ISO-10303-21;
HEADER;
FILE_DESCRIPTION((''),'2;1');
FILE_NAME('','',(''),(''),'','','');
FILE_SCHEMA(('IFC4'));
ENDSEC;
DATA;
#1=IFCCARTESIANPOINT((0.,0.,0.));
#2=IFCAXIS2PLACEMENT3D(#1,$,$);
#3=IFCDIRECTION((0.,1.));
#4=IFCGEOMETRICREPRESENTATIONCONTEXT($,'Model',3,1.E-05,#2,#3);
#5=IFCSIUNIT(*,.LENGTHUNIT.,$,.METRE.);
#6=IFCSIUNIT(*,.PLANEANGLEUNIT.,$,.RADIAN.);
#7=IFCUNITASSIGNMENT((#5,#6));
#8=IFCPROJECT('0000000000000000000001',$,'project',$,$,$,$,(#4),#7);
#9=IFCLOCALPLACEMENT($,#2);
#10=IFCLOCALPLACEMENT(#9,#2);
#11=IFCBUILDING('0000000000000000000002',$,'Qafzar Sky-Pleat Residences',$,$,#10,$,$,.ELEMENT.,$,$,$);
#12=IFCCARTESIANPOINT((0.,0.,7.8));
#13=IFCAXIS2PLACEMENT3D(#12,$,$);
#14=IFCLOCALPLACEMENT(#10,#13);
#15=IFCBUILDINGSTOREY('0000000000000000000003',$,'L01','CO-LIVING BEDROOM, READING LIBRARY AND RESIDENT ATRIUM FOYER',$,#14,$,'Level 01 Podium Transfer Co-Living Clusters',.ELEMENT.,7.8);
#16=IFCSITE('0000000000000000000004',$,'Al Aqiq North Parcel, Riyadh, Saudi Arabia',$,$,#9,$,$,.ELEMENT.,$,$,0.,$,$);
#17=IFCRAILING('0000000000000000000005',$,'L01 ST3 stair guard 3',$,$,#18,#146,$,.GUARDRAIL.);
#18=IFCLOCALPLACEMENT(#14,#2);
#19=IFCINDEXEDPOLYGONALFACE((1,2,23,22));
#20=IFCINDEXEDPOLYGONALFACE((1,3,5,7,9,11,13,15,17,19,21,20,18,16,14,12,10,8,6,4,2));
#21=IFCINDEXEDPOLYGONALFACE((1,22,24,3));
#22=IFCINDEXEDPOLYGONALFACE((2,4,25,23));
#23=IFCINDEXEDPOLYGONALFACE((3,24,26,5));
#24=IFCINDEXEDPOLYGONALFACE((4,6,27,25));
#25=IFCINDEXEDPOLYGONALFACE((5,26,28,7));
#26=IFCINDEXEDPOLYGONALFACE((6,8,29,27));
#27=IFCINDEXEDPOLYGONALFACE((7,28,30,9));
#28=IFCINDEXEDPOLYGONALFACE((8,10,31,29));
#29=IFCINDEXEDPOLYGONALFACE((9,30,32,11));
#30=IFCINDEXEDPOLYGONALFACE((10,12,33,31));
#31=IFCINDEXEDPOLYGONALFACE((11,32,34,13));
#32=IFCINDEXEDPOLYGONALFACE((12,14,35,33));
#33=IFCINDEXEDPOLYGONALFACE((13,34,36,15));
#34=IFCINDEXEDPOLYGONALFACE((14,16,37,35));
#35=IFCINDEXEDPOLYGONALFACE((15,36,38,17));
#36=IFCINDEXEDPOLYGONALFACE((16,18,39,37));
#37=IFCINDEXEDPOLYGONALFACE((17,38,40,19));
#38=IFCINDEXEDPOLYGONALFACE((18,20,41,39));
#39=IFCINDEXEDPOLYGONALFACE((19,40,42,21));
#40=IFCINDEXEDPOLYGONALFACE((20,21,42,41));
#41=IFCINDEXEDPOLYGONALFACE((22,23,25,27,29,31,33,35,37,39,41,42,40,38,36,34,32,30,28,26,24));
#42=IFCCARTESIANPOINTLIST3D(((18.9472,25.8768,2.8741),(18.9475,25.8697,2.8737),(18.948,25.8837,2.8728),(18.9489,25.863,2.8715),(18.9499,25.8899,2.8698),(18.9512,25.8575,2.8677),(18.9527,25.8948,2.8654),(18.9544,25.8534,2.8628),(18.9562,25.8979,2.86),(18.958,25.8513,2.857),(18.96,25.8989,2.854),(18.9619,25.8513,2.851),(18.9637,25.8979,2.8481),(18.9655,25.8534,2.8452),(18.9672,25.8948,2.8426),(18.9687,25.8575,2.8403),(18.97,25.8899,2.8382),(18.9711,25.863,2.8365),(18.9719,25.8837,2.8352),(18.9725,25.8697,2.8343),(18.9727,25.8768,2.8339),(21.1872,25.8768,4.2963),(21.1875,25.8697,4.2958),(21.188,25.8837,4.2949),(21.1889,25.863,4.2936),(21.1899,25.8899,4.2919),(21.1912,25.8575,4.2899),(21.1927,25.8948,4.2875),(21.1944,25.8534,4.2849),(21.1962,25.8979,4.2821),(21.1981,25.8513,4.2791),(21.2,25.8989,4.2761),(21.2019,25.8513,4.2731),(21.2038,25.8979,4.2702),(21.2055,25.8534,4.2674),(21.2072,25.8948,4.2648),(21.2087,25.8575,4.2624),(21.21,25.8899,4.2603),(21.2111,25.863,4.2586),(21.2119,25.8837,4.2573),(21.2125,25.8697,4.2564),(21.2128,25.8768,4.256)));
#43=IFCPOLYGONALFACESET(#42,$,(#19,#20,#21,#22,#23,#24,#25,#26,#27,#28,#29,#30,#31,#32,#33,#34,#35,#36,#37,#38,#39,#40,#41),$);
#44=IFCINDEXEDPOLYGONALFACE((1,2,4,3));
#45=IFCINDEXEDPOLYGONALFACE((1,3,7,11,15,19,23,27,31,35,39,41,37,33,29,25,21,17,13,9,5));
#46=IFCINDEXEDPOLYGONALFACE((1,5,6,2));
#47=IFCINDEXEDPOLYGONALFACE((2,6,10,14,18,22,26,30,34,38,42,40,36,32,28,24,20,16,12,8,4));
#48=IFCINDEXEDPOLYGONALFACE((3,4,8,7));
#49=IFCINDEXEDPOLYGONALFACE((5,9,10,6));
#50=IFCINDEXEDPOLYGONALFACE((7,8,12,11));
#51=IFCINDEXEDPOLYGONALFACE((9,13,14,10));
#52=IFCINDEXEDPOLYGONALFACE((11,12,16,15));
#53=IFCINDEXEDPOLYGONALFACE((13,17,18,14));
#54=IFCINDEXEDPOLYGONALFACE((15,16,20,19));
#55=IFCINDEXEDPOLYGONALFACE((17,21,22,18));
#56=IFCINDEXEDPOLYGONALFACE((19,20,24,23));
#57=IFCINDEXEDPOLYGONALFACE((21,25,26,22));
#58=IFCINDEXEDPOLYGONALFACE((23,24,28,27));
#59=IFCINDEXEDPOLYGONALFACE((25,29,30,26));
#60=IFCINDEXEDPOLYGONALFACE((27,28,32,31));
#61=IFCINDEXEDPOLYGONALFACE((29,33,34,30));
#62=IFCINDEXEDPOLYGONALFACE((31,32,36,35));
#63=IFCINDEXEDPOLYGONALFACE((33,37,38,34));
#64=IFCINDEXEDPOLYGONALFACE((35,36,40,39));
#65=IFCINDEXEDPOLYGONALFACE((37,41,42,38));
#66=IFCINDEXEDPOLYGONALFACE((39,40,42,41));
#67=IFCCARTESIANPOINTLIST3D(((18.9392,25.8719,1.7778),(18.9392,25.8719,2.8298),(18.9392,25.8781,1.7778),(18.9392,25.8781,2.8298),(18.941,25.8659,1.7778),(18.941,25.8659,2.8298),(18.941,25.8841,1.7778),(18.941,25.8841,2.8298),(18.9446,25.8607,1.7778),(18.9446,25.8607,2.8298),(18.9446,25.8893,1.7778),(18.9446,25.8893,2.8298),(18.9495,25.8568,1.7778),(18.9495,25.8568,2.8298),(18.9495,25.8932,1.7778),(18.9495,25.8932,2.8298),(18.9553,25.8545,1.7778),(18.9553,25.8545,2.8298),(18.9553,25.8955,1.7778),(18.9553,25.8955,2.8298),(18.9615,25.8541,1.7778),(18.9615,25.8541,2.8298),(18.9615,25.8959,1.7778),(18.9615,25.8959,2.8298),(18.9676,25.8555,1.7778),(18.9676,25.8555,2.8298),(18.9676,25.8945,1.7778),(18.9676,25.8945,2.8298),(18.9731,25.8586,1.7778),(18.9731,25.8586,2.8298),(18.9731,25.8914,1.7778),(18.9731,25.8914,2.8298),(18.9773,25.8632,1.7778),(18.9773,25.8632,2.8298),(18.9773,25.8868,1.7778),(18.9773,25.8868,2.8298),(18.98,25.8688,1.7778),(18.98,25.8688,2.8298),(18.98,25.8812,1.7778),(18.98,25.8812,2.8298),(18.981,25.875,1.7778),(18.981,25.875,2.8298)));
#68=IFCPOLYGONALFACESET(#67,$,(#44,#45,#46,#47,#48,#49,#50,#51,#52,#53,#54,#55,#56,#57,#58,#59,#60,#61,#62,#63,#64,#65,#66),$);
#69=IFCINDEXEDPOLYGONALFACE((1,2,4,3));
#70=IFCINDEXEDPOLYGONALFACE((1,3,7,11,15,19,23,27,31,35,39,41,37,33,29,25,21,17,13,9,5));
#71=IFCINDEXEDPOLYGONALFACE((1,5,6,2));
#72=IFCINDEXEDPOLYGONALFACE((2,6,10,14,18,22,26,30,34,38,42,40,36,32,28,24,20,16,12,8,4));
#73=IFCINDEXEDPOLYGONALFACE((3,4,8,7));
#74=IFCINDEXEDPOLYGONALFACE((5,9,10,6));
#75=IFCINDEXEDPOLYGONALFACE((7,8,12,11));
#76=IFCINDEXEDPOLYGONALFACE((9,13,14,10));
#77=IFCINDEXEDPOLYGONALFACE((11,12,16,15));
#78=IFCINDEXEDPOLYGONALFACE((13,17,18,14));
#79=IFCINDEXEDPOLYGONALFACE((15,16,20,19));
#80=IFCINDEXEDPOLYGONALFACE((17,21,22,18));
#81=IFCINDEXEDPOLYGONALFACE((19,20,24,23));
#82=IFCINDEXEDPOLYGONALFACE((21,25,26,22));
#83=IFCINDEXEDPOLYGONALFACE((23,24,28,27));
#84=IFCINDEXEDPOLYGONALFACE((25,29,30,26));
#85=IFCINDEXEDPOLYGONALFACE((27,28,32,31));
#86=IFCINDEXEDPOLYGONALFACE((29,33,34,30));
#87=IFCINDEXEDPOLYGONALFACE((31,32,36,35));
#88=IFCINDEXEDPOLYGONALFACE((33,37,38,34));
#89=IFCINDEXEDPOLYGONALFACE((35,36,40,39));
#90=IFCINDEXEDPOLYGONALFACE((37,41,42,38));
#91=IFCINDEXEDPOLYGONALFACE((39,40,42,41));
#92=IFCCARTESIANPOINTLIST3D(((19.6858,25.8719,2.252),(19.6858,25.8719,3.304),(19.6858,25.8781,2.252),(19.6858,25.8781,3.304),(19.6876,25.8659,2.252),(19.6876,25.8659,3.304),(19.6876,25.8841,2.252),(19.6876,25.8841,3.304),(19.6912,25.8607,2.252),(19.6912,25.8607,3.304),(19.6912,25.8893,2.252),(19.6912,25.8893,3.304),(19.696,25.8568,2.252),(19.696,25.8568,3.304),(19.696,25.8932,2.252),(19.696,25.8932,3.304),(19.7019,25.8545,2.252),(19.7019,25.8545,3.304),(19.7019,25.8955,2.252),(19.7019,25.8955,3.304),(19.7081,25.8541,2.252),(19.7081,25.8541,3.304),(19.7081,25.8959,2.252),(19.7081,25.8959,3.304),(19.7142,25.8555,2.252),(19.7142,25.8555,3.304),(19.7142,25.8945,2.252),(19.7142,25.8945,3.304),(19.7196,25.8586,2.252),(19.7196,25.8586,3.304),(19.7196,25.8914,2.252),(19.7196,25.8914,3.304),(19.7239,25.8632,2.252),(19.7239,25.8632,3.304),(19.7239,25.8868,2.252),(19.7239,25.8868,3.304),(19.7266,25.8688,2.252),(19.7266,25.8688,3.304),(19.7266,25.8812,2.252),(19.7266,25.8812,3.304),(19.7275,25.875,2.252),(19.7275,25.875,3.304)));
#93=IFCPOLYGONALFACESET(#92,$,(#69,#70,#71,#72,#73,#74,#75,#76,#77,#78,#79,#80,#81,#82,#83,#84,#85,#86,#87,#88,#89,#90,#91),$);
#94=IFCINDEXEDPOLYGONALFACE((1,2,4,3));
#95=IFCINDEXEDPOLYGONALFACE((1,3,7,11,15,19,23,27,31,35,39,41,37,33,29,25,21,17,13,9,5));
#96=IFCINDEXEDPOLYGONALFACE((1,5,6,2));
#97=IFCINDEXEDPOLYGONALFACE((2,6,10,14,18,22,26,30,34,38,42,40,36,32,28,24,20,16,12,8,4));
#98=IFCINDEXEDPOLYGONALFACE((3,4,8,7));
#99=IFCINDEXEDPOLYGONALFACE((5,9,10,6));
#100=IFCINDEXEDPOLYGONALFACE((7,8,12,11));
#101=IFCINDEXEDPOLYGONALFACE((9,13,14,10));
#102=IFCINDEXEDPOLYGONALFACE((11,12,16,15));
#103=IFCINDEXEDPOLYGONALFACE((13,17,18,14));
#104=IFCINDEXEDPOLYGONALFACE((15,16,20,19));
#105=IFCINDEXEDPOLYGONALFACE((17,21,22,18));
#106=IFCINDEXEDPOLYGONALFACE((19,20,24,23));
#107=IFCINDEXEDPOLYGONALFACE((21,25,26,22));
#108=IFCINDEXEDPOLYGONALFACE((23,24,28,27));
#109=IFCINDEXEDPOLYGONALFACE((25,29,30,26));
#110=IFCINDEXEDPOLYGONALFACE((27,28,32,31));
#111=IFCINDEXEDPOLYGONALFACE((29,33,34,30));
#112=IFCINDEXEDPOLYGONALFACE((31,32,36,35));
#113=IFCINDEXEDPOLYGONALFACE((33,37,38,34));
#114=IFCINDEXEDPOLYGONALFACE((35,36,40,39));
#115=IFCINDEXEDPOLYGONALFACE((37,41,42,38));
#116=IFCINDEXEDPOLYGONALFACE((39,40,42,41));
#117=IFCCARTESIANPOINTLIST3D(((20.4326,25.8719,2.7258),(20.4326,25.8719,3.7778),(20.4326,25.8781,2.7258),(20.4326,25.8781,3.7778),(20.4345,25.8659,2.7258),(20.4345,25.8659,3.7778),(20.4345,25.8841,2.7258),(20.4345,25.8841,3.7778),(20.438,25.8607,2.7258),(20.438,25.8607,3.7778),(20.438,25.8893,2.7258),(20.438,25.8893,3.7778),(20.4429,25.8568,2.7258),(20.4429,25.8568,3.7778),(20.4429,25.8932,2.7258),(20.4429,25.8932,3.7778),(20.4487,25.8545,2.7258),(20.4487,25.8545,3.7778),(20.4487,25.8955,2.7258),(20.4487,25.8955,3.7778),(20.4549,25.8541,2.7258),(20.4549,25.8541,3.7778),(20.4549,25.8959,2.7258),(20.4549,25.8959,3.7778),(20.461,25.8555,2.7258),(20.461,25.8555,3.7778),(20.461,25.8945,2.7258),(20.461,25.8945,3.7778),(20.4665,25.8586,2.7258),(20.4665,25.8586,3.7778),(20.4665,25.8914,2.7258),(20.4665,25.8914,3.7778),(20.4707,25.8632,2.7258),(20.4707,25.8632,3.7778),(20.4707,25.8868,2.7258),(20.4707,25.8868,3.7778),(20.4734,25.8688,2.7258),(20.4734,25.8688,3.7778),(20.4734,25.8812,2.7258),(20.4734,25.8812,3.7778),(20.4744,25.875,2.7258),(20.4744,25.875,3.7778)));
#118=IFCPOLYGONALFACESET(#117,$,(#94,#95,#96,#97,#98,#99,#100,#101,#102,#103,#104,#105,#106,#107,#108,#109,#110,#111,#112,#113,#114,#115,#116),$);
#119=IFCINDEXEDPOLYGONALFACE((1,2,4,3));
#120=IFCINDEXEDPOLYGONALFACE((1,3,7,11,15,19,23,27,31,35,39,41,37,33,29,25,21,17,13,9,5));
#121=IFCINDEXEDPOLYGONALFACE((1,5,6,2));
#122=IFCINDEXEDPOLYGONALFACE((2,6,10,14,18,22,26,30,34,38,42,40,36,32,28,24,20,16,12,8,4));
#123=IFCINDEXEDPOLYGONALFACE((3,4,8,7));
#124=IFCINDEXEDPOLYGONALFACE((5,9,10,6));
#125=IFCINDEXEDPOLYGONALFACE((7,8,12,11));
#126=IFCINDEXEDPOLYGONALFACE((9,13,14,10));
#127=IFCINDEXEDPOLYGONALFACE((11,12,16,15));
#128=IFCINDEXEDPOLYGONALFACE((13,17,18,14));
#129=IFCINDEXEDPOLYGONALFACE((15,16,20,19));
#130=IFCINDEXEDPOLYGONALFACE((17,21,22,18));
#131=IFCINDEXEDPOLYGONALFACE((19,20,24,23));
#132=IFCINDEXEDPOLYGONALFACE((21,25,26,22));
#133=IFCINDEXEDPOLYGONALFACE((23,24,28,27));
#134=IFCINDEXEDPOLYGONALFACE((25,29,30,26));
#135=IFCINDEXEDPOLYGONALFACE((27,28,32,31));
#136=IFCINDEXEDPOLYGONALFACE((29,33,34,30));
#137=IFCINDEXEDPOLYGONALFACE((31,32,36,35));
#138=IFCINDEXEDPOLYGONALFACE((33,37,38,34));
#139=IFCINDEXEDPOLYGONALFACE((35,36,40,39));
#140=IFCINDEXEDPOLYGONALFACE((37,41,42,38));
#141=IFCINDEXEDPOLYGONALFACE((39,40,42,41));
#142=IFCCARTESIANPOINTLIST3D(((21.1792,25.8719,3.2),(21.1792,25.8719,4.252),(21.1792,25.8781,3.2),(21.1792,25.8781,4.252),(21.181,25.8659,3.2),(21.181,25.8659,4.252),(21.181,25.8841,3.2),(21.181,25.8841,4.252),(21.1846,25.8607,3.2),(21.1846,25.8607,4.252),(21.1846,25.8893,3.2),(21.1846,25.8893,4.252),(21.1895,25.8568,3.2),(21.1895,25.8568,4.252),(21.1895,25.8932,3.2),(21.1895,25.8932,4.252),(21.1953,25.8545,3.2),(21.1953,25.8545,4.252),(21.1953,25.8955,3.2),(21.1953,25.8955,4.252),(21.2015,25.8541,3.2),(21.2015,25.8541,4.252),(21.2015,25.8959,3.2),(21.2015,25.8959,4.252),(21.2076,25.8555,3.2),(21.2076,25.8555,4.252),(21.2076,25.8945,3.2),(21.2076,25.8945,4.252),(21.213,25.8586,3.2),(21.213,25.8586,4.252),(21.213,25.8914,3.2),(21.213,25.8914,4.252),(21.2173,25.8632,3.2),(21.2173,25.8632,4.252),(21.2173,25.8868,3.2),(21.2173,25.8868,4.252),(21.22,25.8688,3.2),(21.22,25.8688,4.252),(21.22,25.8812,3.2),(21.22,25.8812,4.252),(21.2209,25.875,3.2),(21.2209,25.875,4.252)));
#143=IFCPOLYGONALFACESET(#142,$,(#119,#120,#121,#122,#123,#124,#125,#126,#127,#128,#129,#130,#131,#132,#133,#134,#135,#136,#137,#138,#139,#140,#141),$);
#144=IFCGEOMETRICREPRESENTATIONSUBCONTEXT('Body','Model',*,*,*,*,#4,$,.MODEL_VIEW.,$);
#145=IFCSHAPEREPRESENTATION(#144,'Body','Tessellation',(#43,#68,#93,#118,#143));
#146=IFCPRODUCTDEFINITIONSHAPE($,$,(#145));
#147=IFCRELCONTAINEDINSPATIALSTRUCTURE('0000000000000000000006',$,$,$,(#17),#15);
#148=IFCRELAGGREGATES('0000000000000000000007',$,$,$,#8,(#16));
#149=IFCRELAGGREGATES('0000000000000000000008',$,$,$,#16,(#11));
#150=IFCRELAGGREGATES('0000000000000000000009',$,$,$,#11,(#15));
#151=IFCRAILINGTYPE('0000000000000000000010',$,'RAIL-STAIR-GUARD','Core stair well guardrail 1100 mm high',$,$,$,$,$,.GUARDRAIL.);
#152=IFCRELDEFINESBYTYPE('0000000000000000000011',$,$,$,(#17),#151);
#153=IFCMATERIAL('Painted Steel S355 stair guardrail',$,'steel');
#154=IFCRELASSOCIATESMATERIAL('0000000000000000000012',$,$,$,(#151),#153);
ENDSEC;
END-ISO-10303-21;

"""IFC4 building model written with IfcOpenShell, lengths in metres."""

from ifc_helpers import new_model, si_unit, direction, frame, origin, origin_2d, place, context, subcontext, project, spatial, circle, extrude, source, transform, mapped, material, type_object, element, save


model = new_model("IFC4")

# Units and contexts
model_context = context("Model", 3, precision=1e-05, world=origin(), true_north=direction((0.0, 1.0)))
body_context = subcontext(model_context, "Body", "Model", "MODEL_VIEW")
ifc_project = project(units=[si_unit("LENGTHUNIT", "METRE"), si_unit("PLANEANGLEUNIT", "RADIAN")], contexts=[model_context])

# Site, building, storey
site_placement = place(None, origin())
site = spatial("IfcSite", under=ifc_project, at=site_placement, Name="Al Aqiq North Parcel, Riyadh, Saudi Arabia", CompositionType="ELEMENT", RefElevation=0.0)
building_placement = place(site_placement, origin())
building = spatial("IfcBuilding", under=site, at=building_placement, Name="Qafzar Sky-Pleat Residences", CompositionType="ELEMENT")
storey_placement = place(building_placement, frame((0.0, 0.0, 7.8)))
storey = spatial("IfcBuildingStorey", under=building, at=storey_placement, Name="L01", Description="CO-LIVING BEDROOM, READING LIBRARY AND RESIDENT ATRIUM FOYER", LongName="Level 01 Podium Transfer Co-Living Clusters", CompositionType="ELEMENT", Elevation=7.8)

# Railing
ifc_material_1 = material(Name="Painted Steel S355 stair guardrail", Category="steel")
railing_type = type_object("IfcRailingType", Name="RAIL-STAIR-GUARD", Description="Core stair well guardrail 1100 mm high", PredefinedType="GUARDRAIL", material=ifc_material_1)
shared_shape_1 = source(origin(), body_context, "Body", "SweptSolid", [
    extrude(circle(Radius=0.0239, at=origin_2d()), frame((0.0, 0.0, 1.0762), z_axis=(0.844229, 0.0, 0.535982), x_axis=(0.0, 1.0, 0.0)), (0.0, 0.0, 1.0), 2.6533),
    extrude(circle(Radius=0.021, at=origin_2d()), origin(), (0.0, 0.0, 1.0), 1.052),
    extrude(circle(Radius=0.021, at=origin_2d()), frame((0.7466, 0.0, 0.4741)), (0.0, 0.0, 1.0), 1.052),
    extrude(circle(Radius=0.021, at=origin_2d()), frame((1.4934, 0.0, 0.948)), (0.0, 0.0, 1.0), 1.052),
    extrude(circle(Radius=0.021, at=origin_2d()), frame((2.24, 0.0, 1.4221)), (0.0, 0.0, 1.0), 1.052),
])
railing_1_placement = place(storey_placement, frame((18.96, 25.875, 1.7778)))
element("IfcRailing", 1, at=railing_1_placement, inside=storey, type_object=railing_type, Name="L01 ST3 stair guard 3", PredefinedType="GUARDRAIL", context=body_context, shape_type="MappedRepresentation", body=[
    mapped(shared_shape_1, transform((0.0, 0.0, 0.0), x_axis=(1.0, 0.0, 0.0), y_axis=(0.0, 1.0, 0.0), z_axis=(0.0, 0.0, 1.0), scale=1.0)),
])

save(model, "model.ifc")
